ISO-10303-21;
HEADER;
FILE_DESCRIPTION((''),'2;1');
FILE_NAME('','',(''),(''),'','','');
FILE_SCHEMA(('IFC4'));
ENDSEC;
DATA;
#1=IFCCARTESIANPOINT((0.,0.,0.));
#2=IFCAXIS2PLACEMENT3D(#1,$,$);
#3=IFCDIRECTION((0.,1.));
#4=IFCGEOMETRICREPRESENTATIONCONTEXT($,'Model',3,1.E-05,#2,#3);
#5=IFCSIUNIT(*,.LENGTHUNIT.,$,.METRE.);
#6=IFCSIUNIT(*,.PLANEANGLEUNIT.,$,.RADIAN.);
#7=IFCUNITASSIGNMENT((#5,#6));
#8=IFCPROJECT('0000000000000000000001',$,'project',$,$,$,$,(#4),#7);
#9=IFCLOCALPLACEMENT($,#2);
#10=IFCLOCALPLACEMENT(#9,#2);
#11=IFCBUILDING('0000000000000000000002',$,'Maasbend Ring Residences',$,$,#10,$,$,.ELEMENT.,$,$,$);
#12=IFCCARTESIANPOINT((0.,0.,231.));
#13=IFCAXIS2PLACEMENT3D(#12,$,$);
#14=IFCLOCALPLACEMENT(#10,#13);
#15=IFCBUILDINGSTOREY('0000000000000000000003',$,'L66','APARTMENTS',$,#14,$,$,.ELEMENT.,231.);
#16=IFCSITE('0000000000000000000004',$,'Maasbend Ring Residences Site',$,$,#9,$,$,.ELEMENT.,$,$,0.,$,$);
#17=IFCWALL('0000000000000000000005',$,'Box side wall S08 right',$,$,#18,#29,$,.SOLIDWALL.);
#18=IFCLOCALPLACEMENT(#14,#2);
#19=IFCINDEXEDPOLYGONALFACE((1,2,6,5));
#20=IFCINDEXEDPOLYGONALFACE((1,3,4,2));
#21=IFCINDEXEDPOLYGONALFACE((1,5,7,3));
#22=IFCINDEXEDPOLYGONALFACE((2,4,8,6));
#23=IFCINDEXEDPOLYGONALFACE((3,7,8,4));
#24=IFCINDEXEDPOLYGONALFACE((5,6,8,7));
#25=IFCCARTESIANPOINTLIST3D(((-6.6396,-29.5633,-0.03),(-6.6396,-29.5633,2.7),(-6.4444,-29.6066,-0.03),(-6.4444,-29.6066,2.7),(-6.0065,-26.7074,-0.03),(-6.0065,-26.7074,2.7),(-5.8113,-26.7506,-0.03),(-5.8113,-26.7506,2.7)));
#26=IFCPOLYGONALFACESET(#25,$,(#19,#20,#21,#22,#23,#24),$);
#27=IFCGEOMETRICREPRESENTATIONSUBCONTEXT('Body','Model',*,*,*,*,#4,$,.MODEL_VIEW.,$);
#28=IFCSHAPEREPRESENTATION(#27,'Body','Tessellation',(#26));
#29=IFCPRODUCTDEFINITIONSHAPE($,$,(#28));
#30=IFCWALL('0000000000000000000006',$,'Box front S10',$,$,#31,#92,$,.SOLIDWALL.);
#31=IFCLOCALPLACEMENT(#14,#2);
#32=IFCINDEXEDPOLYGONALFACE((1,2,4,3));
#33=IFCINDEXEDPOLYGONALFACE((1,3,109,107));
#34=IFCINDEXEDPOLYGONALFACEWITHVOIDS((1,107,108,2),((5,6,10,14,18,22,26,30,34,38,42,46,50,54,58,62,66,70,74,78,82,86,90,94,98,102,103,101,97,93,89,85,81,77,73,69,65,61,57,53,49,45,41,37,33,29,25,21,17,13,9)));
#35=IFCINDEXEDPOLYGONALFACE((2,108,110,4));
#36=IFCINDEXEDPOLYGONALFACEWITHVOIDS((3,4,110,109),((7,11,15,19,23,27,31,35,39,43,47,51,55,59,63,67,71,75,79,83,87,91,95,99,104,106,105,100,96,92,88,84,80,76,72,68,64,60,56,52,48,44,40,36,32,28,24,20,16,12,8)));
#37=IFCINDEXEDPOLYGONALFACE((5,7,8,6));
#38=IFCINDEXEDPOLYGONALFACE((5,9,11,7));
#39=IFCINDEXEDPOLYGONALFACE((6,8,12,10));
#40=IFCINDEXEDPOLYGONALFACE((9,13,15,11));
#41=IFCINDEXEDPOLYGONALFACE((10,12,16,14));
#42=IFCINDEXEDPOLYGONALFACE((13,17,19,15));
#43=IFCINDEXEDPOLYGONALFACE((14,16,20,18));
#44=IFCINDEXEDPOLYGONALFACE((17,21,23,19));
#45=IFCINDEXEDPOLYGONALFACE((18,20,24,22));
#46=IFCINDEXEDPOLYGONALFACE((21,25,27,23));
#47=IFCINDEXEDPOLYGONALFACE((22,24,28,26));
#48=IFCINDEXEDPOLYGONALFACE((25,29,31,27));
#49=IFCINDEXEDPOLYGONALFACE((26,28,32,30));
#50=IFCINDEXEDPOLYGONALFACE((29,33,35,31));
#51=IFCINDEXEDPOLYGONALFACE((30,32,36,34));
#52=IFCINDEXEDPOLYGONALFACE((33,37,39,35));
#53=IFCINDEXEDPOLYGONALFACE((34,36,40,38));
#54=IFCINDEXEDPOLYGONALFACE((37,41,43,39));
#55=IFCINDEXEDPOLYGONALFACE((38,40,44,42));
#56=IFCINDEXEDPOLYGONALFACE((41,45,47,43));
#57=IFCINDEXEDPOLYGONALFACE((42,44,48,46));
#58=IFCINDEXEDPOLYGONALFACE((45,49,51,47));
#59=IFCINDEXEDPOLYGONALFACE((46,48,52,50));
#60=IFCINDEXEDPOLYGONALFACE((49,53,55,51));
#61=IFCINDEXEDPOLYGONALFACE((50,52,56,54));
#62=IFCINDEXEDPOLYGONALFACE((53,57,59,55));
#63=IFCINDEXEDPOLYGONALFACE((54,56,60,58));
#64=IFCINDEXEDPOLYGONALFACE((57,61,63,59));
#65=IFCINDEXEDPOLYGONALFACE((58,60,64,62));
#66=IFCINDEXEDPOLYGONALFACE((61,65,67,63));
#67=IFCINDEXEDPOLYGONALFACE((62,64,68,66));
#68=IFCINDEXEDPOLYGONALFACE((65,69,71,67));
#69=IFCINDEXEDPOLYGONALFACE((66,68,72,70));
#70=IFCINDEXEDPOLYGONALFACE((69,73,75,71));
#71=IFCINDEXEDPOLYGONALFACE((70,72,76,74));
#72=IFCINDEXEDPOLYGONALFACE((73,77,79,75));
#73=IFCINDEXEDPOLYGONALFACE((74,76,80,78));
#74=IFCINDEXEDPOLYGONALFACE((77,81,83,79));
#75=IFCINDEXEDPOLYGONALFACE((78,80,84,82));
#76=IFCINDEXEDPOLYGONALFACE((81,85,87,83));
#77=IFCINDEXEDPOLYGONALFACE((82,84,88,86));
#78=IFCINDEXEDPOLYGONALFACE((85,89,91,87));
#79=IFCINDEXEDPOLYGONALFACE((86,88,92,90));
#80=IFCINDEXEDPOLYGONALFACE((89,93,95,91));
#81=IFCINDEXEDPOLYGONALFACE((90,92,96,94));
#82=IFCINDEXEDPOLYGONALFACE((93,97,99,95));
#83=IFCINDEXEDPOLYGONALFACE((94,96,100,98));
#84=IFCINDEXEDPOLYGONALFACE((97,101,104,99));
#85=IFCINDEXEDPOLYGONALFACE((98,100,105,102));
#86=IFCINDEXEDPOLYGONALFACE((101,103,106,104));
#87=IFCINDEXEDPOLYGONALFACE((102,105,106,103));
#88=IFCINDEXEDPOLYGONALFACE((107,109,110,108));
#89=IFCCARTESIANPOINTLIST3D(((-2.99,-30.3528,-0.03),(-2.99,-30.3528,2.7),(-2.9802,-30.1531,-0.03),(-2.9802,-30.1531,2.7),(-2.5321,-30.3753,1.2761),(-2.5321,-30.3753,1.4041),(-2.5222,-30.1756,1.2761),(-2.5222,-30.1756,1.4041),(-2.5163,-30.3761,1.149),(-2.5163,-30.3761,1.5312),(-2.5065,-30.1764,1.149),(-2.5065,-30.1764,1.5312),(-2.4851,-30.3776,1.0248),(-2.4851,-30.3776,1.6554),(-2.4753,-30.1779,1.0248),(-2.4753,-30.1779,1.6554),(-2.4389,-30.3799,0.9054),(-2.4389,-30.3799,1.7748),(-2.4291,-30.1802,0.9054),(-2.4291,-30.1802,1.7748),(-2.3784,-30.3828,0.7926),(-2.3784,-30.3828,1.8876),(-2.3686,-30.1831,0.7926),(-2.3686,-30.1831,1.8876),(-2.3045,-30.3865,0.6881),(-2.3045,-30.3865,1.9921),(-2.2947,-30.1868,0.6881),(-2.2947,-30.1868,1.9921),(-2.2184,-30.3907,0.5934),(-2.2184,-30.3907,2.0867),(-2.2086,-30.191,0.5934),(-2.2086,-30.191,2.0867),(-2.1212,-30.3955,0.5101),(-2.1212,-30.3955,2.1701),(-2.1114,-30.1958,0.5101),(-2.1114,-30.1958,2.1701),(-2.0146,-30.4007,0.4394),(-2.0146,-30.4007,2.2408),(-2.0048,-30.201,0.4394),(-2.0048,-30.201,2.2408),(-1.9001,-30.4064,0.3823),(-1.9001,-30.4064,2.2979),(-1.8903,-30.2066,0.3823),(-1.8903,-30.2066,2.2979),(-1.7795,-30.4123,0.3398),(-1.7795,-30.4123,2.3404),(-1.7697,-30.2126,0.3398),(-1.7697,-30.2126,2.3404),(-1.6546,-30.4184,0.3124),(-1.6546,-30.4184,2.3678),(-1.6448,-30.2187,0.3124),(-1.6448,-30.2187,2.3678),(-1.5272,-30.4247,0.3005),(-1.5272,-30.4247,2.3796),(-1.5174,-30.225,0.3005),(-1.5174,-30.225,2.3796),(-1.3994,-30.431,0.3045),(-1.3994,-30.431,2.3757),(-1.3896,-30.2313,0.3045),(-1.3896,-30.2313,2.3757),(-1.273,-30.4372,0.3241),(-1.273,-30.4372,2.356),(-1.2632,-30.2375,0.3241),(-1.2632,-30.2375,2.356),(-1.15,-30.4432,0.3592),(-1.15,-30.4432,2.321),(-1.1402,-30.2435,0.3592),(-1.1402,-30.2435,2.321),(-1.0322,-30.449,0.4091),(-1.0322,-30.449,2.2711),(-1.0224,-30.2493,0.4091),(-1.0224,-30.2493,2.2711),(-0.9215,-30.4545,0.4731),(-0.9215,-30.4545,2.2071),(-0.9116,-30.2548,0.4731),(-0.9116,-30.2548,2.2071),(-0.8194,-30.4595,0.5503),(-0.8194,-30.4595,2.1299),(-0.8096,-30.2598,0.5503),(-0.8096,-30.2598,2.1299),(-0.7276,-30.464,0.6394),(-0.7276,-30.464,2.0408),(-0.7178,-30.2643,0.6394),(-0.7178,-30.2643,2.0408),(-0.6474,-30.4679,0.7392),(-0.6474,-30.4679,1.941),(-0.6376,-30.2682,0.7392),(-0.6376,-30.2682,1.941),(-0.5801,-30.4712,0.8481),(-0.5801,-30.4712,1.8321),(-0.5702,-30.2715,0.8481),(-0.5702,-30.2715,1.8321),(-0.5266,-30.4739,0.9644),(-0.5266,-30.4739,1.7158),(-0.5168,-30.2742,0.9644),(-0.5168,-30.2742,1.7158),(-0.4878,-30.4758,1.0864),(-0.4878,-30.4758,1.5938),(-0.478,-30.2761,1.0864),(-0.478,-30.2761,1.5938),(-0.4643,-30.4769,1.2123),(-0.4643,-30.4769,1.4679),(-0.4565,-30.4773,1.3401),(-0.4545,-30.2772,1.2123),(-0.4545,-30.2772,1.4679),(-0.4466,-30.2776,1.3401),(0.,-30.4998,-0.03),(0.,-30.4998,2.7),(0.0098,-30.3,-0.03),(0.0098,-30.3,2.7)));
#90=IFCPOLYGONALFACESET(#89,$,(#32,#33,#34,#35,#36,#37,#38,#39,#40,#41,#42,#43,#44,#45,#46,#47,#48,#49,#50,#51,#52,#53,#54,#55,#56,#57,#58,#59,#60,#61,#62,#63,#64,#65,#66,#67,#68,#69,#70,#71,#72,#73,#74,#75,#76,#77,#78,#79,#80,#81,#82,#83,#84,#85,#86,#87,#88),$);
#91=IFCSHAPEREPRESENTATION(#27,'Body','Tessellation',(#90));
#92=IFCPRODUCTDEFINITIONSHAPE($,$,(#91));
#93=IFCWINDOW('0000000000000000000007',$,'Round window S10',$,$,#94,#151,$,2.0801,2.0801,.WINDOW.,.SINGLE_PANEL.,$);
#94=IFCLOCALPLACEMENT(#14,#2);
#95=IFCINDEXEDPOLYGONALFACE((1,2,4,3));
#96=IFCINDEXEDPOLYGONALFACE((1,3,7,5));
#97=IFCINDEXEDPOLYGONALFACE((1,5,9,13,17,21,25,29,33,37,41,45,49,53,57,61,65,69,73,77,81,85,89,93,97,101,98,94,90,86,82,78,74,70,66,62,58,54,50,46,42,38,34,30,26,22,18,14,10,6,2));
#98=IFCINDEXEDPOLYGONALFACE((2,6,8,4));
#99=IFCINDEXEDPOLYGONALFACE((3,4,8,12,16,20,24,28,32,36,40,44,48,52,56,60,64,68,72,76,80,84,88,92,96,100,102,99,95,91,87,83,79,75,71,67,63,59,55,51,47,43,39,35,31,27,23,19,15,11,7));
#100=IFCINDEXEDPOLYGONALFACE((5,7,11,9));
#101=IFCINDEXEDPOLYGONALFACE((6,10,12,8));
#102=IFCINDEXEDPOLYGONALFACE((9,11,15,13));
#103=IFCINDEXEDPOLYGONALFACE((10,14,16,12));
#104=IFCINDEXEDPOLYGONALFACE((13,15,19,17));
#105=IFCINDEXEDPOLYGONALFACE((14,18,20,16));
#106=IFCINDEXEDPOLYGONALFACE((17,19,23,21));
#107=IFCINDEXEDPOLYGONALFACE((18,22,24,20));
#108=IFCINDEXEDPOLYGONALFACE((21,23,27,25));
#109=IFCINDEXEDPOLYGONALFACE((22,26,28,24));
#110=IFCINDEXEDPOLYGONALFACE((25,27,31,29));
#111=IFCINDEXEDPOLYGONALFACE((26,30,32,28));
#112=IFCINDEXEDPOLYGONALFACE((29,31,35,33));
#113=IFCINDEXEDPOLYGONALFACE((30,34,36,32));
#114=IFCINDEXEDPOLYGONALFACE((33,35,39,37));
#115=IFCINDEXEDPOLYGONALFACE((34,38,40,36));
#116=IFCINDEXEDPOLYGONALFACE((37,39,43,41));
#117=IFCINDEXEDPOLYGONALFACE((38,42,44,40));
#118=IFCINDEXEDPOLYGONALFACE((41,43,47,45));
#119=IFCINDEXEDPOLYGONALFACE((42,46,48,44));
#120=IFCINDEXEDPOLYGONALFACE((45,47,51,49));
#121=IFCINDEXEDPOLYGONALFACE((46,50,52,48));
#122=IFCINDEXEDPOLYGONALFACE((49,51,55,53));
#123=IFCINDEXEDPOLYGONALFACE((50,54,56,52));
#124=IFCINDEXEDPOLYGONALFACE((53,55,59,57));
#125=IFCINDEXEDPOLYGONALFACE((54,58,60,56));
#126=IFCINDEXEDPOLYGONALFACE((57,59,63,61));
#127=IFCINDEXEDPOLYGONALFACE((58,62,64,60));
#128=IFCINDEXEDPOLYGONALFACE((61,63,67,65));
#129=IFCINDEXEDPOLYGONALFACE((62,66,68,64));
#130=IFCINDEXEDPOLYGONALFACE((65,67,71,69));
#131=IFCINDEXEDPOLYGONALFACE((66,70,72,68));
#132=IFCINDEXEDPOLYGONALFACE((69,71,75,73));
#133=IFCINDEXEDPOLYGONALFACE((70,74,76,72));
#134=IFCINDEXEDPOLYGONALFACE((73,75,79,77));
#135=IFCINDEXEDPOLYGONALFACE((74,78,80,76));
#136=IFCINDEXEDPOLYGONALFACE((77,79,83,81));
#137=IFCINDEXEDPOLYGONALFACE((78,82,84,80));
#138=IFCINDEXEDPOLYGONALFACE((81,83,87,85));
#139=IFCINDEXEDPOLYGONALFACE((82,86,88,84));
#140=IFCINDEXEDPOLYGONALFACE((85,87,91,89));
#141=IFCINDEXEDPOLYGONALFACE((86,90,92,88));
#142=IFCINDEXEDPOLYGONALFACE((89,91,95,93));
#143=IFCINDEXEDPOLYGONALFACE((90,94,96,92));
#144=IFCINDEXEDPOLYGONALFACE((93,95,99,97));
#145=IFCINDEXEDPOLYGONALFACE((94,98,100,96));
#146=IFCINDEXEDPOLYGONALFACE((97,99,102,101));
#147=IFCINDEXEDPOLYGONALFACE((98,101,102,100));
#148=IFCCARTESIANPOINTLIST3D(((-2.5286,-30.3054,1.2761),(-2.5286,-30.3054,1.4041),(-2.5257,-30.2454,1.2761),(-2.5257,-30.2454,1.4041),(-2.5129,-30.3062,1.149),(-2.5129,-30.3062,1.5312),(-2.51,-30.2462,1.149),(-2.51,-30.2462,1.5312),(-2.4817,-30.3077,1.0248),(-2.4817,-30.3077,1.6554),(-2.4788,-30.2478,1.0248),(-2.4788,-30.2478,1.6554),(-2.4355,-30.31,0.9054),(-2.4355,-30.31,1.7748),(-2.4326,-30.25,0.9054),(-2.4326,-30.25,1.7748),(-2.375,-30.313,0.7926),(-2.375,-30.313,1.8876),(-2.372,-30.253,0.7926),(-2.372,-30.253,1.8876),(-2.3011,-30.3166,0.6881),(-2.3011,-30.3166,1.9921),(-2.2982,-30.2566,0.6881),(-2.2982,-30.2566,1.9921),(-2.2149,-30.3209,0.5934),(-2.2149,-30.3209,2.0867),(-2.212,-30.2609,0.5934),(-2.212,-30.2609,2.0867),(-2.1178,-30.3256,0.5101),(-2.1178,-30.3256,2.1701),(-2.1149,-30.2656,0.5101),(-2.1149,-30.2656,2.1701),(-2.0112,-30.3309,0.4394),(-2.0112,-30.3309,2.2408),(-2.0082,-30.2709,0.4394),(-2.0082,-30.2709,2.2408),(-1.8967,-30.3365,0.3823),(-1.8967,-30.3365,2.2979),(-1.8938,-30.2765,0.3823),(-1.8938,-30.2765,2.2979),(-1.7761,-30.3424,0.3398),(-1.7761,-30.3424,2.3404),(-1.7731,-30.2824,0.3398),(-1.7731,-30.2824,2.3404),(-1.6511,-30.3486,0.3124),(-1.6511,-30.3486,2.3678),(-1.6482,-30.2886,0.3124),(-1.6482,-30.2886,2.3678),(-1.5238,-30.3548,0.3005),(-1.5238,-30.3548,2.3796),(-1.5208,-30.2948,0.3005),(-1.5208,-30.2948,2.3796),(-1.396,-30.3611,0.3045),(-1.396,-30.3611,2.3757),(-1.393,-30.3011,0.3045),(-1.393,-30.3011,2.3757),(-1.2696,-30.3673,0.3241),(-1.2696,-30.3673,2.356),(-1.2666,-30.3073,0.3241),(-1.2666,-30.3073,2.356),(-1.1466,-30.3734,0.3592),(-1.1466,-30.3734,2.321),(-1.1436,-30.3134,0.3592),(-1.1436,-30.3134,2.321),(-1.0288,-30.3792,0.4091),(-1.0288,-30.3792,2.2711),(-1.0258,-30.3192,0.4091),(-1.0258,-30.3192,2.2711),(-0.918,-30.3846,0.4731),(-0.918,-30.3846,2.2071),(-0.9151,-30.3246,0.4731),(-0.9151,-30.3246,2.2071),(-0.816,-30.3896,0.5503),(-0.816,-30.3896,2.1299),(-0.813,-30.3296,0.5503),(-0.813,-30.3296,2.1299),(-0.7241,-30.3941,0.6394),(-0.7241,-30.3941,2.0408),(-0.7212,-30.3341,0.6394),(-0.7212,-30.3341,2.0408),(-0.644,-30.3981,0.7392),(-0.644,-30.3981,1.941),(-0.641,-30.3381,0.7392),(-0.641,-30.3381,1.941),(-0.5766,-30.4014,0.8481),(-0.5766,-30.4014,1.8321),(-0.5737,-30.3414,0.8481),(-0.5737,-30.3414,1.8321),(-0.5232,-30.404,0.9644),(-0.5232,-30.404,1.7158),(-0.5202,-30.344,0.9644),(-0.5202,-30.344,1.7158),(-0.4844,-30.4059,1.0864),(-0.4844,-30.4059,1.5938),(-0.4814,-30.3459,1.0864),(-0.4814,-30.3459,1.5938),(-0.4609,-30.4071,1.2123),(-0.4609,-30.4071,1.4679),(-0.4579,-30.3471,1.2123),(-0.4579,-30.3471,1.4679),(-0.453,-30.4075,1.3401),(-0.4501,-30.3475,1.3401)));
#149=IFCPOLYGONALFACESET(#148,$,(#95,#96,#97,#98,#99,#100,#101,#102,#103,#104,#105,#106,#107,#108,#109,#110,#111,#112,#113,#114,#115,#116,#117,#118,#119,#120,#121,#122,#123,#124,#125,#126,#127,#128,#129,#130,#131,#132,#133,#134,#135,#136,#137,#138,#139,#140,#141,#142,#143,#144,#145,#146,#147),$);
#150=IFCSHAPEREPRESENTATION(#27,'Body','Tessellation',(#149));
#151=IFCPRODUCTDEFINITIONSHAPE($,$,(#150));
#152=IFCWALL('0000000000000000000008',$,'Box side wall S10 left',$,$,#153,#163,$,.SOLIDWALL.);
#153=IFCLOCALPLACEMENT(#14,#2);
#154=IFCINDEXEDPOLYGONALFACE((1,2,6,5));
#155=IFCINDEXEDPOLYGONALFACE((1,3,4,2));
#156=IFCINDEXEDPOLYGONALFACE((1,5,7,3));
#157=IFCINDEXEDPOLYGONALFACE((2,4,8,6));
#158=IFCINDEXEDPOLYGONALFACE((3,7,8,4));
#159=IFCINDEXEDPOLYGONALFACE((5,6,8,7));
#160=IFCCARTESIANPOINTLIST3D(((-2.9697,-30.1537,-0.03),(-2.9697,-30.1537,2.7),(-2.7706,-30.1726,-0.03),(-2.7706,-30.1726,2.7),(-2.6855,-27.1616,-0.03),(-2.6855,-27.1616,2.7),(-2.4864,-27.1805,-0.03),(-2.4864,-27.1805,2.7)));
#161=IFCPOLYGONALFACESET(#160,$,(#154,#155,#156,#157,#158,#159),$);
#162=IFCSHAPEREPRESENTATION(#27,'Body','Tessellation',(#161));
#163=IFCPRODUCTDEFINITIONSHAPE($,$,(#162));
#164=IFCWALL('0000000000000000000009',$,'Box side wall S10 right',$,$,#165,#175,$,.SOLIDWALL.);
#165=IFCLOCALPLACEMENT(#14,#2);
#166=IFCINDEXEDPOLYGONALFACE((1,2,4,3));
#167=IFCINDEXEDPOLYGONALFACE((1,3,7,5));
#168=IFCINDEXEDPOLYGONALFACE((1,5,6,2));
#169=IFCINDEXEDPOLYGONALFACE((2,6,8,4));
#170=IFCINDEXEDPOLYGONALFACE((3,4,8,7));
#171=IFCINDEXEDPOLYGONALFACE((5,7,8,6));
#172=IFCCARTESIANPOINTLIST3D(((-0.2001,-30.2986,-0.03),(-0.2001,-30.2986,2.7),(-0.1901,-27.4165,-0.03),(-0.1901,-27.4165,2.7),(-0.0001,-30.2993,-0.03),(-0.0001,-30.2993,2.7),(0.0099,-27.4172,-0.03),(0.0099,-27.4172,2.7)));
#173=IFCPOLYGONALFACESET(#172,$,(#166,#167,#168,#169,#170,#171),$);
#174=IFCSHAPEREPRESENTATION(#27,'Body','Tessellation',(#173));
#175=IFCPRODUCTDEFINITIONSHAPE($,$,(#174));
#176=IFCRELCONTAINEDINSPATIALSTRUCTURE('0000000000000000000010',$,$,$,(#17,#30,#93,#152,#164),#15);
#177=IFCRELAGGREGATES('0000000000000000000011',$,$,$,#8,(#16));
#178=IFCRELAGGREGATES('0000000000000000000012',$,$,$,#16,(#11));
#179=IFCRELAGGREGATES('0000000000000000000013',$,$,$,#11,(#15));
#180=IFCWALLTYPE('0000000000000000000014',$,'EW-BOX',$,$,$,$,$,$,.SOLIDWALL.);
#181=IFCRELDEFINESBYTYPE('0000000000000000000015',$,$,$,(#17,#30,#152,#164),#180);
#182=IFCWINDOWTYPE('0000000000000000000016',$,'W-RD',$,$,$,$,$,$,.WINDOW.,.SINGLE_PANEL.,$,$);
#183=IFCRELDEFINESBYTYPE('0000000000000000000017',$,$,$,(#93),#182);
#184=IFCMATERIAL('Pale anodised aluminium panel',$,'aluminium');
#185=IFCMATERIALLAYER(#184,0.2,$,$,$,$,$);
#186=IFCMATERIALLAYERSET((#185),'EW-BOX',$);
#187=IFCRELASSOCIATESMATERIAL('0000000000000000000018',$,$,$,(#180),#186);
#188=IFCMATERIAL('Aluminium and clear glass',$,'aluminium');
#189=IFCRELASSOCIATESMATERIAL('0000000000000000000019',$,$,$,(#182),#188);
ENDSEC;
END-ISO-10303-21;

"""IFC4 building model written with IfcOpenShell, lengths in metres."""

from ifc_helpers import new_model, si_unit, direction, frame, frame_2d, origin, place, context, subcontext, project, spatial, rectangle, circle, extrude, material, layer, layer_set, type_object, element, fill, save


model = new_model("IFC4")

# Units and contexts
model_context = context("Model", 3, precision=1e-05, world=origin(), true_north=direction((0.0, 1.0)))
body_context = subcontext(model_context, "Body", "Model", "MODEL_VIEW")
ifc_project = project(units=[si_unit("LENGTHUNIT", "METRE"), si_unit("PLANEANGLEUNIT", "RADIAN")], contexts=[model_context])

# Site, building, storey
site_placement = place(None, origin())
site = spatial("IfcSite", under=ifc_project, at=site_placement, Name="Maasbend Ring Residences Site", CompositionType="ELEMENT", RefElevation=0.0)
building_placement = place(site_placement, origin())
building = spatial("IfcBuilding", under=site, at=building_placement, Name="Maasbend Ring Residences", CompositionType="ELEMENT")
storey_placement = place(building_placement, frame((0.0, 0.0, 231.0)))
storey = spatial("IfcBuildingStorey", under=building, at=storey_placement, Name="L66", Description="APARTMENTS", CompositionType="ELEMENT", Elevation=231.0)

# Shared definitions
ifc_material_1 = material(Name="Pale anodised aluminium panel", Category="aluminium")
ifc_layer_1 = layer(ifc_material_1, 0.2)
ifc_layer_set_1 = layer_set([ifc_layer_1], Name="EW-BOX")
wall_type_1 = type_object("IfcWallType", Name="EW-BOX", PredefinedType="SOLIDWALL", material=ifc_layer_set_1)
ifc_material_2 = material(Name="Aluminium and clear glass", Category="aluminium")
window_type_1 = type_object("IfcWindowType", Name="W-RD", PartitioningType="SINGLE_PANEL", PredefinedType="WINDOW", material=ifc_material_2)

# Wall
wall_1_placement = place(storey_placement, frame((-5.9089, -26.729, -0.03), z_axis=(0.0, 0.0, 1.0), x_axis=(-0.216409, -0.976303, 0.0)))
element("IfcWall", 1, at=wall_1_placement, inside=storey, type_object=wall_type_1, Name="Box side wall S08 right", PredefinedType="SOLIDWALL", context=body_context, shape_type="SweptSolid", body=[
    extrude(rectangle(XDim=2.9253, YDim=0.2, at=frame_2d((1.4626, 0.0))), origin(), (0.0, 0.0, 1.0), 2.73),
])

# Wall, opening, window
wall_2_placement = place(storey_placement, frame((-2.9851, -30.2529, -0.03), z_axis=(0.0, 0.0, 1.0), x_axis=(0.998794, -0.049096, 0.0)))
wall_2 = element("IfcWall", 2, at=wall_2_placement, inside=storey, type_object=wall_type_1, Name="Box front S10", PredefinedType="SOLIDWALL", context=body_context, shape_type="SweptSolid", body=[
    extrude(rectangle(XDim=2.9937, YDim=0.2, at=frame_2d((1.4968, 0.0))), origin(), (0.0, 0.0, 1.0), 2.73),
])
opening_1_placement = place(wall_2_placement, frame((0.4565, 0.0, 0.3301)))
opening_1 = element("IfcOpeningElement", 3, at=opening_1_placement, cuts=wall_2, PredefinedType="OPENING", context=body_context, shape_type="SweptSolid", body=[
    extrude(circle(Radius=1.04, at=frame_2d((1.04, 1.04))), frame((0.0, 0.1099, 0.0), z_axis=(0.0, -1.0, 0.0), x_axis=(1.0, 0.0, 0.0)), (0.0, 0.0, 1.0), 0.22),
])
window_1_placement = place(opening_1_placement, origin())
window_1 = element("IfcWindow", 4, at=window_1_placement, inside=storey, type_object=window_type_1, Name="Round window S10", OverallHeight=2.0801, OverallWidth=2.0801, PartitioningType="SINGLE_PANEL", PredefinedType="WINDOW", context=body_context, shape_type="SweptSolid", body=[
    extrude(circle(Radius=1.04, at=frame_2d((1.04, 1.04))), frame((0.0, 0.03, 0.0), z_axis=(0.0, -1.0, 0.0), x_axis=(1.0, 0.0, 0.0)), (0.0, 0.0, 1.0), 0.0601),
])
fill(opening_1, window_1)

# Walls
wall_3_placement = place(storey_placement, frame((-2.5859, -27.1709, -0.03), z_axis=(0.0, 0.0, 1.0), x_axis=(-0.094548, -0.99552, 0.0)))
element("IfcWall", 5, at=wall_3_placement, inside=storey, type_object=wall_type_1, Name="Box side wall S10 left", PredefinedType="SOLIDWALL", context=body_context, shape_type="SweptSolid", body=[
    extrude(rectangle(XDim=3.0056, YDim=0.2, at=frame_2d((1.5029, 0.0))), origin(), (0.0, 0.0, 1.0), 2.73),
])
wall_4_placement = place(storey_placement, frame((-0.0901, -27.417, -0.03), z_axis=(0.0, 0.0, 1.0), x_axis=(-0.003473, -0.999994, 0.0)))
element("IfcWall", 6, at=wall_4_placement, inside=storey, type_object=wall_type_1, Name="Box side wall S10 right", PredefinedType="SOLIDWALL", context=body_context, shape_type="SweptSolid", body=[
    extrude(rectangle(XDim=2.8821, YDim=0.2, at=frame_2d((1.4409, 0.0))), origin(), (0.0, 0.0, 1.0), 2.73),
])

save(model, "model.ifc")
